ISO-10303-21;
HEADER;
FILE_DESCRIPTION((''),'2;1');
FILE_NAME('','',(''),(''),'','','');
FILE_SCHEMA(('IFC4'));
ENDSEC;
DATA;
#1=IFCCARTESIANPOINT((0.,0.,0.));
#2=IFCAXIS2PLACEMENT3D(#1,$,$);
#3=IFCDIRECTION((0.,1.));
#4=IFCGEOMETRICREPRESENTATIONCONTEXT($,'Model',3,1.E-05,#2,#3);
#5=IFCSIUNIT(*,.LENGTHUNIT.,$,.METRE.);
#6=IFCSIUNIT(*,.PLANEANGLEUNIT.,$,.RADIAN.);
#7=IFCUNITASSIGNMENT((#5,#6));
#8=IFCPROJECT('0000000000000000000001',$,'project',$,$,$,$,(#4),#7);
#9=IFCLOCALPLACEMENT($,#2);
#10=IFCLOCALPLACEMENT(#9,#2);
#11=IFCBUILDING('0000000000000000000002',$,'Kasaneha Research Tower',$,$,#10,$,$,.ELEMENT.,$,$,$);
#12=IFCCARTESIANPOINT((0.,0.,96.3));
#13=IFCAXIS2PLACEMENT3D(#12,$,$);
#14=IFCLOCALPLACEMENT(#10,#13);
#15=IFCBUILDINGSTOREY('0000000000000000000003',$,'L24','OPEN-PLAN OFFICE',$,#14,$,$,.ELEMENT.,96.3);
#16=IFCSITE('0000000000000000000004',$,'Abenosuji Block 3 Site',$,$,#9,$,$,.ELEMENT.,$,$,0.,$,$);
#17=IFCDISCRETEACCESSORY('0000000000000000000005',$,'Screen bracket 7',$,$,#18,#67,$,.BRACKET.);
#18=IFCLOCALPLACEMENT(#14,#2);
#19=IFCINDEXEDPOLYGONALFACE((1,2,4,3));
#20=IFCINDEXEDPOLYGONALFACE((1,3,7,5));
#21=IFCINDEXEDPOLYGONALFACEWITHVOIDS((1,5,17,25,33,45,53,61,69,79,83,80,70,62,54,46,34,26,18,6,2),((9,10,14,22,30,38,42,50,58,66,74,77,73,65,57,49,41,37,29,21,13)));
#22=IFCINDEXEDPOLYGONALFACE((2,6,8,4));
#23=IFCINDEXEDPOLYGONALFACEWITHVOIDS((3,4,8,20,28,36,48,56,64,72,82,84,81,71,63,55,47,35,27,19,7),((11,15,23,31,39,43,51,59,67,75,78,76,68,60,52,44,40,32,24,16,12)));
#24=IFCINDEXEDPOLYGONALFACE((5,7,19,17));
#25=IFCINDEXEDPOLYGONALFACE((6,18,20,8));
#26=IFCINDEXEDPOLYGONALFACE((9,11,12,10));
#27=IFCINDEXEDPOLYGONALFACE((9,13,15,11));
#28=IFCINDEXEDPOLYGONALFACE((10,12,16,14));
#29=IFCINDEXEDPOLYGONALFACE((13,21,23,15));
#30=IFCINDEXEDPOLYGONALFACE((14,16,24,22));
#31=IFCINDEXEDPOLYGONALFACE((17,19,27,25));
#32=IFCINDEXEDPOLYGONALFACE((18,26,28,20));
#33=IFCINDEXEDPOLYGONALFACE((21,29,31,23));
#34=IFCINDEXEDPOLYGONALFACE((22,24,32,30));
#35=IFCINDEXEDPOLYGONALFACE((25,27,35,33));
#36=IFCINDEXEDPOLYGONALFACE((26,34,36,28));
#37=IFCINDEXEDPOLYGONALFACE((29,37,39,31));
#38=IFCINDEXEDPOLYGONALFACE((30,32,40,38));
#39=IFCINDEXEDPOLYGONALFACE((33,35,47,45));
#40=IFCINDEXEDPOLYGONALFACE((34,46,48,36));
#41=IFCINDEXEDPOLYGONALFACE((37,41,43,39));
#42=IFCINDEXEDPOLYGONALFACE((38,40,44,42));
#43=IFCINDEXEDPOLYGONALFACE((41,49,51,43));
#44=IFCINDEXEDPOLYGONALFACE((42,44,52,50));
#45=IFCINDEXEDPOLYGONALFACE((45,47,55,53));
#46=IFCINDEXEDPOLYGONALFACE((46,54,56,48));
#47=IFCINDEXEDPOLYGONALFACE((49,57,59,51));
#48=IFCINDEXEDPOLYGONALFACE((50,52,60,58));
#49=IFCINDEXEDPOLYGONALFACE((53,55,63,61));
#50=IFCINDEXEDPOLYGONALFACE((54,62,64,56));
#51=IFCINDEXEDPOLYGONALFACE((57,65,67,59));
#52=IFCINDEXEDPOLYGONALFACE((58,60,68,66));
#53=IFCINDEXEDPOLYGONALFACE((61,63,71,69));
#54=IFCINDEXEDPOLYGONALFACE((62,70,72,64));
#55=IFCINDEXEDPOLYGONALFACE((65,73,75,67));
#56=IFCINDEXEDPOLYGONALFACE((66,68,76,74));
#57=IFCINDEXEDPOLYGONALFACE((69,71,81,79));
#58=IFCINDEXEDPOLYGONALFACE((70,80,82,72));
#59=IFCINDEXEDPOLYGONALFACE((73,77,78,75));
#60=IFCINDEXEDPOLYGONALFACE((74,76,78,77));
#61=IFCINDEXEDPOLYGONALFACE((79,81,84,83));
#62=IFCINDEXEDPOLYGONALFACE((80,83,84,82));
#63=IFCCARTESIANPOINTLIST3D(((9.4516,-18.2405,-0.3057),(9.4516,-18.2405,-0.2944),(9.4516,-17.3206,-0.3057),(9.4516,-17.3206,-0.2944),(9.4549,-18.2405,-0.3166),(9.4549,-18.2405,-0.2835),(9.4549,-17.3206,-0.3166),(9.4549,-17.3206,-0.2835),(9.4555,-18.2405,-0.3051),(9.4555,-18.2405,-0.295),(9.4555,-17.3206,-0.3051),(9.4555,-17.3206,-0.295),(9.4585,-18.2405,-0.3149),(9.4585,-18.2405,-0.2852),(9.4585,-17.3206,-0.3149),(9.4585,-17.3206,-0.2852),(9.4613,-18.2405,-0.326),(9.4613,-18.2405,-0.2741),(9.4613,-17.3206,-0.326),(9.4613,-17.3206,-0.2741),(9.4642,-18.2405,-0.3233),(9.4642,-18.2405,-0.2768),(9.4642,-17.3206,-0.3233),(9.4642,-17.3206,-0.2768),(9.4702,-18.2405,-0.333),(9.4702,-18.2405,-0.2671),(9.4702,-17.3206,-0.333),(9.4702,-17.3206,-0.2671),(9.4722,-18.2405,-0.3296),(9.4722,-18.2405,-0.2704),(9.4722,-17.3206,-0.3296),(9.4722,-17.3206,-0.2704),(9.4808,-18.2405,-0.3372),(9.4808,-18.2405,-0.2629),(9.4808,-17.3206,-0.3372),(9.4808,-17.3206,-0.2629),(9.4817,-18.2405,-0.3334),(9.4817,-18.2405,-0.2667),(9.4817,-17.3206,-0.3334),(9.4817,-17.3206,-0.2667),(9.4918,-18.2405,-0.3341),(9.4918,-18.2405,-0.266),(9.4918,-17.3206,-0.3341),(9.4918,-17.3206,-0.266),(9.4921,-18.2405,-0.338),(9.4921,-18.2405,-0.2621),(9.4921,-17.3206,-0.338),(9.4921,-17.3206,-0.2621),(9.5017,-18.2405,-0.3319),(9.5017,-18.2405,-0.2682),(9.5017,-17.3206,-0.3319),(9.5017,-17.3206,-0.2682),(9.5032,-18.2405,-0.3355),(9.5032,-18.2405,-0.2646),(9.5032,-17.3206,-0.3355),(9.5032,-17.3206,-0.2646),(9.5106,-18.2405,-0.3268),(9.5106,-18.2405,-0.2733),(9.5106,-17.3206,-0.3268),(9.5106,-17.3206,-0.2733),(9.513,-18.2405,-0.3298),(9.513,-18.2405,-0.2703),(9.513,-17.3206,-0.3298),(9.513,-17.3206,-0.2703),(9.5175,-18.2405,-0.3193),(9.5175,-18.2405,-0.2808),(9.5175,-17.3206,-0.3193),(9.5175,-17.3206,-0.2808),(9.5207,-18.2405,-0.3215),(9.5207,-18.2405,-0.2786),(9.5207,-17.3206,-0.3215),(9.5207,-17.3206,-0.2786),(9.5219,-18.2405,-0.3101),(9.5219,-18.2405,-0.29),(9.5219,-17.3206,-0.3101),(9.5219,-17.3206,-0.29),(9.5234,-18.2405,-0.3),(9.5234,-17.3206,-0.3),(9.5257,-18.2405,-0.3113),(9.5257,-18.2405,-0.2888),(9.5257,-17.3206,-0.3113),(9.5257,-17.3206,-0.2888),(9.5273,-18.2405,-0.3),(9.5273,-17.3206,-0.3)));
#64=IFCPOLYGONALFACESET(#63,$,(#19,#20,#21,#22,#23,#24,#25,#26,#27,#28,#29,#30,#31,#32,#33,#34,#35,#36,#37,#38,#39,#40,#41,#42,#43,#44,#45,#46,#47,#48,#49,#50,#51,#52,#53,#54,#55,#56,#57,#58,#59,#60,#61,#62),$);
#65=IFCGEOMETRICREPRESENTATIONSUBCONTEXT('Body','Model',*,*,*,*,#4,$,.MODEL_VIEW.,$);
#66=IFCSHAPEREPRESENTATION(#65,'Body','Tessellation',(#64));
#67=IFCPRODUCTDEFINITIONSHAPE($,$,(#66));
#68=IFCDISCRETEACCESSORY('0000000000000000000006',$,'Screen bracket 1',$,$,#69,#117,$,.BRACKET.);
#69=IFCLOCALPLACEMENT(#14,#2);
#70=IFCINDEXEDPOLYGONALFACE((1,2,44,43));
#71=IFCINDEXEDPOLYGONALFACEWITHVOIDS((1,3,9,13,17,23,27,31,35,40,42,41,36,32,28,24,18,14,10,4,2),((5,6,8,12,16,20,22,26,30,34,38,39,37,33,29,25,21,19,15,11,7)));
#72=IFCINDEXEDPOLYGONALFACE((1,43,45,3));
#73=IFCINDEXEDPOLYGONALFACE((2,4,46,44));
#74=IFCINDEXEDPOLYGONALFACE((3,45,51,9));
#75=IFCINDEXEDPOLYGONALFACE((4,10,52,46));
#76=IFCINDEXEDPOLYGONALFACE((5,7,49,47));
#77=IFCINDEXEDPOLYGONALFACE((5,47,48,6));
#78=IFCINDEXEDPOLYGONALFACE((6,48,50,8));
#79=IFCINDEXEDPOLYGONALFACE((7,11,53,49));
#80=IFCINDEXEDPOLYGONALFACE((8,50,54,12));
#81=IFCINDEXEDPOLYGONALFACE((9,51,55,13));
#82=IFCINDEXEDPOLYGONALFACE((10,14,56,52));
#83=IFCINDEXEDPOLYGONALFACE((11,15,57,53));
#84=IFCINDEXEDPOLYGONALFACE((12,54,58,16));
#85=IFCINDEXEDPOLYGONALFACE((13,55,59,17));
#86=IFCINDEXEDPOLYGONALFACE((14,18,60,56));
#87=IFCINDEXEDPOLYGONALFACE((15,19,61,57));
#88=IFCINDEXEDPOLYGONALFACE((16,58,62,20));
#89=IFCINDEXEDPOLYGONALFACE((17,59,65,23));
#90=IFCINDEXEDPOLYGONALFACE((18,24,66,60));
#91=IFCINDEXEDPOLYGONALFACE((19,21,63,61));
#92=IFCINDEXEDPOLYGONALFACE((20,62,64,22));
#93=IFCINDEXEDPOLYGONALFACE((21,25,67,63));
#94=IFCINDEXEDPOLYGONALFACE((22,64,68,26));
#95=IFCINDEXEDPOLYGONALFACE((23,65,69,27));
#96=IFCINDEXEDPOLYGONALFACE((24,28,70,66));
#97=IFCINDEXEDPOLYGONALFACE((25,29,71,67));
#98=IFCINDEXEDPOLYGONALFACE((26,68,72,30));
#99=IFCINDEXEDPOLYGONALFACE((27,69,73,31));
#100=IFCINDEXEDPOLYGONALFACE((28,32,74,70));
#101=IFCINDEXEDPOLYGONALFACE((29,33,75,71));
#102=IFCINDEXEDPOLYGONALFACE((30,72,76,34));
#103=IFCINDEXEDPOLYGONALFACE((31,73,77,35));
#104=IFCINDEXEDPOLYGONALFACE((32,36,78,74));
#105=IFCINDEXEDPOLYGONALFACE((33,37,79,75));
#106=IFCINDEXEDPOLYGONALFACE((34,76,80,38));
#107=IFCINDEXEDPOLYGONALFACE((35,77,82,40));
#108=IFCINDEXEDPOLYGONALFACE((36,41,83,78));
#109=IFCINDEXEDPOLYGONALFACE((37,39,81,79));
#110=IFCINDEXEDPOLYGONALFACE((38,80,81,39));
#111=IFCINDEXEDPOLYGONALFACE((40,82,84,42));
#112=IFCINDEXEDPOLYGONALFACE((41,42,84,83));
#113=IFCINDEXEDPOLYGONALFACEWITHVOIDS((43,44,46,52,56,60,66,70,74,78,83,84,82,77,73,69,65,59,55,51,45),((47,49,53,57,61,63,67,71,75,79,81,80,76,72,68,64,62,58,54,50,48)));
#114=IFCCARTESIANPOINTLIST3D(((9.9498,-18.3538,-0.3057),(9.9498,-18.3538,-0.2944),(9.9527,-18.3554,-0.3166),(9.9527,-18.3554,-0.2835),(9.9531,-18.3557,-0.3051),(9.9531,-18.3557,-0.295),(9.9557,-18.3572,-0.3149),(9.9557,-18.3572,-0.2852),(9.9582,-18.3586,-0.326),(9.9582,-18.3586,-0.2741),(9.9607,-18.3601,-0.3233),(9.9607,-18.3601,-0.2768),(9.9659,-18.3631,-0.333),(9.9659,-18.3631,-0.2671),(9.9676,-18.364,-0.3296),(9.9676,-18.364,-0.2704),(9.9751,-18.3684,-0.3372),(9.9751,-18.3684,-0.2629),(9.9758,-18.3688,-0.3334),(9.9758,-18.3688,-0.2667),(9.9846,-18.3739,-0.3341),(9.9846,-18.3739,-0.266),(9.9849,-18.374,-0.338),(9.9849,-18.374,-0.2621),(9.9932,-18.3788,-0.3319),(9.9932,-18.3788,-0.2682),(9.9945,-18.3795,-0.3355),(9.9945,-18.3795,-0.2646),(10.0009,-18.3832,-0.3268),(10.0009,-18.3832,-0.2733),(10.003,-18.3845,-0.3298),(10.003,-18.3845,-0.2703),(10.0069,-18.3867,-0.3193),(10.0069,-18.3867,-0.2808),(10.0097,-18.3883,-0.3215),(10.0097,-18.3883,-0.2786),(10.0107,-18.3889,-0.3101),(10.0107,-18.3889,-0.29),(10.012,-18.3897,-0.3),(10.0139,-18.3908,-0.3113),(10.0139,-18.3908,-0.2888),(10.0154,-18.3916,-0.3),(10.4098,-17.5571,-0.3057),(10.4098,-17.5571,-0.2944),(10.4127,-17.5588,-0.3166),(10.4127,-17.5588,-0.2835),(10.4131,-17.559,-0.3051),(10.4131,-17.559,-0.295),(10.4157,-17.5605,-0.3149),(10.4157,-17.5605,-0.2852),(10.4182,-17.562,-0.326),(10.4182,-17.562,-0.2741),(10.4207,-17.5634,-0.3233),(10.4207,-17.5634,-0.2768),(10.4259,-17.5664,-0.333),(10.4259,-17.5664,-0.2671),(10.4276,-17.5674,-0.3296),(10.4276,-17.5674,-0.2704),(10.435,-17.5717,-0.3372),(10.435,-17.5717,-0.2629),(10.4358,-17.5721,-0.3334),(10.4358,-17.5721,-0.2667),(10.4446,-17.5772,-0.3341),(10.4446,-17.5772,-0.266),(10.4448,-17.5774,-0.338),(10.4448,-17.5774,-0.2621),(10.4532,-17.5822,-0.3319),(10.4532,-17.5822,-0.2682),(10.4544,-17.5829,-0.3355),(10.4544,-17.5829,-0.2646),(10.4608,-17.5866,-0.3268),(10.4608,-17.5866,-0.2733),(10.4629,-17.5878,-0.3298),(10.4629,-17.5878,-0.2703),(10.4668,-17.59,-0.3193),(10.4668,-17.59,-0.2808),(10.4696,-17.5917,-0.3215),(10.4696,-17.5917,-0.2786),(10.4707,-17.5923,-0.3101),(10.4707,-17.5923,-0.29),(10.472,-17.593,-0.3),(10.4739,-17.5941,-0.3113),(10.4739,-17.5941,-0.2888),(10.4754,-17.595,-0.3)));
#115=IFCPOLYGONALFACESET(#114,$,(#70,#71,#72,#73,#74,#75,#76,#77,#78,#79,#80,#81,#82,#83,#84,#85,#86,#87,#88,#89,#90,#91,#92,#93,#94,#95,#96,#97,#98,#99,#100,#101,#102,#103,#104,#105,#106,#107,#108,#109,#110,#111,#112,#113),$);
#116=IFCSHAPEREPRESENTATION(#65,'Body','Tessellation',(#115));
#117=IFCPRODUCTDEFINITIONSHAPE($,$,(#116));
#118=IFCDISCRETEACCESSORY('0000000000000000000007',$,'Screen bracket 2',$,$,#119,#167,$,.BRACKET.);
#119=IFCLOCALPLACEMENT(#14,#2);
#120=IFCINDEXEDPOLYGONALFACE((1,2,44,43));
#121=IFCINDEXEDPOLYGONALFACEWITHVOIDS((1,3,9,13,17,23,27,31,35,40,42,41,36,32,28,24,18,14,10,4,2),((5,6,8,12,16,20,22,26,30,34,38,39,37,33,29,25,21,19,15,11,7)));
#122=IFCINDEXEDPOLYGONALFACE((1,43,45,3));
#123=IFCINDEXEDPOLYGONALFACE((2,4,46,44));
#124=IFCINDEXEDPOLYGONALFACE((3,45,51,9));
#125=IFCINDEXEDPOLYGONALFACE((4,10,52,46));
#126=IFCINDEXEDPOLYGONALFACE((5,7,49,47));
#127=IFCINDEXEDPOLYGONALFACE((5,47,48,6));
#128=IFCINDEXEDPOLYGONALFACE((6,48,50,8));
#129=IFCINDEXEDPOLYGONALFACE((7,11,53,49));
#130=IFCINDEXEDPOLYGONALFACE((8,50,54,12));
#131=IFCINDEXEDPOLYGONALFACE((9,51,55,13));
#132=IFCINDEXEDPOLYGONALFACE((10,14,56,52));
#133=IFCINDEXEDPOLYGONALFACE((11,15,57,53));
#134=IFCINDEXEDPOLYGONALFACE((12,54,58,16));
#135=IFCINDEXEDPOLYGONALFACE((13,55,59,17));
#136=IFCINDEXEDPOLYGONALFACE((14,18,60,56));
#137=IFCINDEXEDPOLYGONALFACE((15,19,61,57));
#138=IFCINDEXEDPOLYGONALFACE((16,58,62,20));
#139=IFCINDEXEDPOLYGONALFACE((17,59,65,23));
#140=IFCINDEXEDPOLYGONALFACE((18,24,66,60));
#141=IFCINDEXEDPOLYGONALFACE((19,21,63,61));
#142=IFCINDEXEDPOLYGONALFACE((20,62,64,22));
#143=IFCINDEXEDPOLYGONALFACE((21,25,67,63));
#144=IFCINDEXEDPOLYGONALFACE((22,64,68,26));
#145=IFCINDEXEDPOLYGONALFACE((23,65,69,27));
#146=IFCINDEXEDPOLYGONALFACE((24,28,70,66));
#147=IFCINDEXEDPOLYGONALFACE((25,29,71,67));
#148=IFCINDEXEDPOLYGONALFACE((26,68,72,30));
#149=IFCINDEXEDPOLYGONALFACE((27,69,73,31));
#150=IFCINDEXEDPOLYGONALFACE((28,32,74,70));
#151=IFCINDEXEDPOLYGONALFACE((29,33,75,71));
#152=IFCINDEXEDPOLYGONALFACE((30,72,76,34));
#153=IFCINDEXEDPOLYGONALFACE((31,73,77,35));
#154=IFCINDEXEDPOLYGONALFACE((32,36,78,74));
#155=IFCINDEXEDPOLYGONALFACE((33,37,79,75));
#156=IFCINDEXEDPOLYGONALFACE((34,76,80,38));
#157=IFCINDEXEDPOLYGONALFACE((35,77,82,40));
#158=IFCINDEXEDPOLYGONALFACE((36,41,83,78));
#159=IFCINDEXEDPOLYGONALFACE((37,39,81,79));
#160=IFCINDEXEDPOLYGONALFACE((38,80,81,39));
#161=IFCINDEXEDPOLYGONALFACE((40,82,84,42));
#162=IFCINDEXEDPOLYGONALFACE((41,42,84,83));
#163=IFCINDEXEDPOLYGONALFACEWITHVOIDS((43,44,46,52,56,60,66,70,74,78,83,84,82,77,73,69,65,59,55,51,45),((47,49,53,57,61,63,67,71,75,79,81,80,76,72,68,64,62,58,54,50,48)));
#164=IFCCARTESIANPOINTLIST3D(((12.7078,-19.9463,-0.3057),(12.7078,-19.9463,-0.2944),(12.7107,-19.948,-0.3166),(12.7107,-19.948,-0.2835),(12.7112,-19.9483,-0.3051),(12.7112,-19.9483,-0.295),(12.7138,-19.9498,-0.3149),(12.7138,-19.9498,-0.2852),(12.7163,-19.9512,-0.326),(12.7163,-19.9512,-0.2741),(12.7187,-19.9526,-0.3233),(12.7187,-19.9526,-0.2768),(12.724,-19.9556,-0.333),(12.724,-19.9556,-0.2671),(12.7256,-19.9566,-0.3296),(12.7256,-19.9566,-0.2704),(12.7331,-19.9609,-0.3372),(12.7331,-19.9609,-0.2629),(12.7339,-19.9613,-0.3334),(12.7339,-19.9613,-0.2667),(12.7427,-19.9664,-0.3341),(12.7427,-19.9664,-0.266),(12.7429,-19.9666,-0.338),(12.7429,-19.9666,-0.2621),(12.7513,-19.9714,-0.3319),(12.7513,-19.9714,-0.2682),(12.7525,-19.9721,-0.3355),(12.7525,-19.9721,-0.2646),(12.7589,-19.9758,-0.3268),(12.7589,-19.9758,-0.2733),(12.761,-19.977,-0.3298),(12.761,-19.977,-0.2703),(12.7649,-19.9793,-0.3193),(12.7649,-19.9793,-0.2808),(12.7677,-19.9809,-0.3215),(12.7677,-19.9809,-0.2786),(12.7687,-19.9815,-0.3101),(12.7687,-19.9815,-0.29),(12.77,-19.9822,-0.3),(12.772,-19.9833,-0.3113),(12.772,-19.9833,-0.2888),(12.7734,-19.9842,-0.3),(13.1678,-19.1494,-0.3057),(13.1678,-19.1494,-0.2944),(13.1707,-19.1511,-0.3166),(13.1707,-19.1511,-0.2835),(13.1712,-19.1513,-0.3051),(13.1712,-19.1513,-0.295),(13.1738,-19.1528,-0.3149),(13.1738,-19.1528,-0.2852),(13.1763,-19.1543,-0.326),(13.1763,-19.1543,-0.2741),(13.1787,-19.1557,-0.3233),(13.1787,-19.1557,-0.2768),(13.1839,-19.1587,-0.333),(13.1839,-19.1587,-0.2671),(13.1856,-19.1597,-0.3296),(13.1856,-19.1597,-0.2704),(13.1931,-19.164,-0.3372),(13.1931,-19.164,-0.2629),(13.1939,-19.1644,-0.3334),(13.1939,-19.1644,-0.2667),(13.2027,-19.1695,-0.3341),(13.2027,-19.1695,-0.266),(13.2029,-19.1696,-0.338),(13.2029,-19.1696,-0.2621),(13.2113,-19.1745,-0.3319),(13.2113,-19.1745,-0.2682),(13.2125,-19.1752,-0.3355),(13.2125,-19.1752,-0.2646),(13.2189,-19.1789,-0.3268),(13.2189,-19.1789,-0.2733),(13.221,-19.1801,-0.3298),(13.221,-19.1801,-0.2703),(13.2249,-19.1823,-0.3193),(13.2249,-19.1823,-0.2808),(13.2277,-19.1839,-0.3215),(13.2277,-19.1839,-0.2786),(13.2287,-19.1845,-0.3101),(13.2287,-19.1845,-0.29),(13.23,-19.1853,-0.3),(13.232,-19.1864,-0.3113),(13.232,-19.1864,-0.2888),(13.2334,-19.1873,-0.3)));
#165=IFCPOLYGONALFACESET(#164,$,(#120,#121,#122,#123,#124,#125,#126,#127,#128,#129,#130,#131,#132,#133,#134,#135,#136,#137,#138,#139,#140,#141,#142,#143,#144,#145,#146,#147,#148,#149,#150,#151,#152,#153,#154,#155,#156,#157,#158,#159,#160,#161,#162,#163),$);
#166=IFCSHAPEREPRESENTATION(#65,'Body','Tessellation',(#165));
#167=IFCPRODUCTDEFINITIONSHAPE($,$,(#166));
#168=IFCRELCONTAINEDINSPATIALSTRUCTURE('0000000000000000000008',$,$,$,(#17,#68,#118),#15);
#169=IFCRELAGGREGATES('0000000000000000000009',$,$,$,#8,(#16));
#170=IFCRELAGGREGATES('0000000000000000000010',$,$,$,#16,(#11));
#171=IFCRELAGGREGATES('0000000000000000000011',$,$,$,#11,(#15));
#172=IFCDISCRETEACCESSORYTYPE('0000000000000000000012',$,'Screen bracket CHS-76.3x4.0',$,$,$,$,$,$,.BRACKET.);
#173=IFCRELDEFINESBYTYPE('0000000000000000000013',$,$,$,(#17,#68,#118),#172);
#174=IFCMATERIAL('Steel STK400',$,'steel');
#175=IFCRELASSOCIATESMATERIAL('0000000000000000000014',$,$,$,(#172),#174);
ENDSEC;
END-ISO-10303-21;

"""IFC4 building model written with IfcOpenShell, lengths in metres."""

from ifc_helpers import new_model, si_unit, direction, frame, origin, origin_2d, place, context, subcontext, project, spatial, hollow_circle, extrude, material, material_profile, profile_set, type_object, element, save


model = new_model("IFC4")

# Units and contexts
model_context = context("Model", 3, precision=1e-05, world=origin(), true_north=direction((0.0, 1.0)))
body_context = subcontext(model_context, "Body", "Model", "MODEL_VIEW")
ifc_project = project(units=[si_unit("LENGTHUNIT", "METRE"), si_unit("PLANEANGLEUNIT", "RADIAN")], contexts=[model_context])

# Site, building, storey
site_placement = place(None, origin())
site = spatial("IfcSite", under=ifc_project, at=site_placement, Name="Abenosuji Block 3 Site", CompositionType="ELEMENT", RefElevation=0.0)
building_placement = place(site_placement, origin())
building = spatial("IfcBuilding", under=site, at=building_placement, Name="Kasaneha Research Tower", CompositionType="ELEMENT")
storey_placement = place(building_placement, frame((0.0, 0.0, 96.3)))
storey = spatial("IfcBuildingStorey", under=building, at=storey_placement, Name="L24", Description="OPEN-PLAN OFFICE", CompositionType="ELEMENT", Elevation=96.3)

# Discrete accessories
ifc_material_1 = material(Name="Steel STK400", Category="steel")
ifc_material_profile_1 = material_profile(ifc_material_1, hollow_circle(Radius=0.0381, WallThickness=0.0039, at=origin_2d()), Name="CHS-76.3x4.0")
ifc_profile_set_1 = profile_set([ifc_material_profile_1], Name="Steel STK400")
discrete_accessory_type = type_object("IfcDiscreteAccessoryType", Name="Screen bracket CHS-76.3x4.0", PredefinedType="BRACKET", material=ifc_profile_set_1)
for number, where, z_axis, x_axis, name in (
    (1, (9.4893, -17.3206, -0.3), (0.0, -1.0, 0.0), (1.0, 0.0, 0.0), "Screen bracket 7"),
    (2, (10.4424, -17.5759, -0.3), (-0.500021, -0.866013, 0.0), (0.866013, -0.500021, 0.0), "Screen bracket 1"),
):
    element("IfcDiscreteAccessory", number, at=place(storey_placement, frame(where, z_axis=z_axis, x_axis=x_axis)), inside=storey, type_object=discrete_accessory_type, Name=name, PredefinedType="BRACKET", context=body_context, shape_type="SweptSolid", body=[
        extrude(hollow_circle(Radius=0.0381, WallThickness=0.0039, at=origin_2d()), origin(), (0.0, 0.0, 1.0), 0.9199),
    ])
discrete_accessory_1_placement = place(storey_placement, frame((13.2004, -19.1682, -0.3), z_axis=(-0.499906, -0.86608, 0.0), x_axis=(0.86608, -0.499906, 0.0)))
element("IfcDiscreteAccessory", 3, at=discrete_accessory_1_placement, inside=storey, type_object=discrete_accessory_type, Name="Screen bracket 2", PredefinedType="BRACKET", context=body_context, shape_type="SweptSolid", body=[
    extrude(hollow_circle(Radius=0.0381, WallThickness=0.0039, at=origin_2d()), origin(), (0.0, 0.0, 1.0), 0.9202),
])

save(model, "model.ifc")
